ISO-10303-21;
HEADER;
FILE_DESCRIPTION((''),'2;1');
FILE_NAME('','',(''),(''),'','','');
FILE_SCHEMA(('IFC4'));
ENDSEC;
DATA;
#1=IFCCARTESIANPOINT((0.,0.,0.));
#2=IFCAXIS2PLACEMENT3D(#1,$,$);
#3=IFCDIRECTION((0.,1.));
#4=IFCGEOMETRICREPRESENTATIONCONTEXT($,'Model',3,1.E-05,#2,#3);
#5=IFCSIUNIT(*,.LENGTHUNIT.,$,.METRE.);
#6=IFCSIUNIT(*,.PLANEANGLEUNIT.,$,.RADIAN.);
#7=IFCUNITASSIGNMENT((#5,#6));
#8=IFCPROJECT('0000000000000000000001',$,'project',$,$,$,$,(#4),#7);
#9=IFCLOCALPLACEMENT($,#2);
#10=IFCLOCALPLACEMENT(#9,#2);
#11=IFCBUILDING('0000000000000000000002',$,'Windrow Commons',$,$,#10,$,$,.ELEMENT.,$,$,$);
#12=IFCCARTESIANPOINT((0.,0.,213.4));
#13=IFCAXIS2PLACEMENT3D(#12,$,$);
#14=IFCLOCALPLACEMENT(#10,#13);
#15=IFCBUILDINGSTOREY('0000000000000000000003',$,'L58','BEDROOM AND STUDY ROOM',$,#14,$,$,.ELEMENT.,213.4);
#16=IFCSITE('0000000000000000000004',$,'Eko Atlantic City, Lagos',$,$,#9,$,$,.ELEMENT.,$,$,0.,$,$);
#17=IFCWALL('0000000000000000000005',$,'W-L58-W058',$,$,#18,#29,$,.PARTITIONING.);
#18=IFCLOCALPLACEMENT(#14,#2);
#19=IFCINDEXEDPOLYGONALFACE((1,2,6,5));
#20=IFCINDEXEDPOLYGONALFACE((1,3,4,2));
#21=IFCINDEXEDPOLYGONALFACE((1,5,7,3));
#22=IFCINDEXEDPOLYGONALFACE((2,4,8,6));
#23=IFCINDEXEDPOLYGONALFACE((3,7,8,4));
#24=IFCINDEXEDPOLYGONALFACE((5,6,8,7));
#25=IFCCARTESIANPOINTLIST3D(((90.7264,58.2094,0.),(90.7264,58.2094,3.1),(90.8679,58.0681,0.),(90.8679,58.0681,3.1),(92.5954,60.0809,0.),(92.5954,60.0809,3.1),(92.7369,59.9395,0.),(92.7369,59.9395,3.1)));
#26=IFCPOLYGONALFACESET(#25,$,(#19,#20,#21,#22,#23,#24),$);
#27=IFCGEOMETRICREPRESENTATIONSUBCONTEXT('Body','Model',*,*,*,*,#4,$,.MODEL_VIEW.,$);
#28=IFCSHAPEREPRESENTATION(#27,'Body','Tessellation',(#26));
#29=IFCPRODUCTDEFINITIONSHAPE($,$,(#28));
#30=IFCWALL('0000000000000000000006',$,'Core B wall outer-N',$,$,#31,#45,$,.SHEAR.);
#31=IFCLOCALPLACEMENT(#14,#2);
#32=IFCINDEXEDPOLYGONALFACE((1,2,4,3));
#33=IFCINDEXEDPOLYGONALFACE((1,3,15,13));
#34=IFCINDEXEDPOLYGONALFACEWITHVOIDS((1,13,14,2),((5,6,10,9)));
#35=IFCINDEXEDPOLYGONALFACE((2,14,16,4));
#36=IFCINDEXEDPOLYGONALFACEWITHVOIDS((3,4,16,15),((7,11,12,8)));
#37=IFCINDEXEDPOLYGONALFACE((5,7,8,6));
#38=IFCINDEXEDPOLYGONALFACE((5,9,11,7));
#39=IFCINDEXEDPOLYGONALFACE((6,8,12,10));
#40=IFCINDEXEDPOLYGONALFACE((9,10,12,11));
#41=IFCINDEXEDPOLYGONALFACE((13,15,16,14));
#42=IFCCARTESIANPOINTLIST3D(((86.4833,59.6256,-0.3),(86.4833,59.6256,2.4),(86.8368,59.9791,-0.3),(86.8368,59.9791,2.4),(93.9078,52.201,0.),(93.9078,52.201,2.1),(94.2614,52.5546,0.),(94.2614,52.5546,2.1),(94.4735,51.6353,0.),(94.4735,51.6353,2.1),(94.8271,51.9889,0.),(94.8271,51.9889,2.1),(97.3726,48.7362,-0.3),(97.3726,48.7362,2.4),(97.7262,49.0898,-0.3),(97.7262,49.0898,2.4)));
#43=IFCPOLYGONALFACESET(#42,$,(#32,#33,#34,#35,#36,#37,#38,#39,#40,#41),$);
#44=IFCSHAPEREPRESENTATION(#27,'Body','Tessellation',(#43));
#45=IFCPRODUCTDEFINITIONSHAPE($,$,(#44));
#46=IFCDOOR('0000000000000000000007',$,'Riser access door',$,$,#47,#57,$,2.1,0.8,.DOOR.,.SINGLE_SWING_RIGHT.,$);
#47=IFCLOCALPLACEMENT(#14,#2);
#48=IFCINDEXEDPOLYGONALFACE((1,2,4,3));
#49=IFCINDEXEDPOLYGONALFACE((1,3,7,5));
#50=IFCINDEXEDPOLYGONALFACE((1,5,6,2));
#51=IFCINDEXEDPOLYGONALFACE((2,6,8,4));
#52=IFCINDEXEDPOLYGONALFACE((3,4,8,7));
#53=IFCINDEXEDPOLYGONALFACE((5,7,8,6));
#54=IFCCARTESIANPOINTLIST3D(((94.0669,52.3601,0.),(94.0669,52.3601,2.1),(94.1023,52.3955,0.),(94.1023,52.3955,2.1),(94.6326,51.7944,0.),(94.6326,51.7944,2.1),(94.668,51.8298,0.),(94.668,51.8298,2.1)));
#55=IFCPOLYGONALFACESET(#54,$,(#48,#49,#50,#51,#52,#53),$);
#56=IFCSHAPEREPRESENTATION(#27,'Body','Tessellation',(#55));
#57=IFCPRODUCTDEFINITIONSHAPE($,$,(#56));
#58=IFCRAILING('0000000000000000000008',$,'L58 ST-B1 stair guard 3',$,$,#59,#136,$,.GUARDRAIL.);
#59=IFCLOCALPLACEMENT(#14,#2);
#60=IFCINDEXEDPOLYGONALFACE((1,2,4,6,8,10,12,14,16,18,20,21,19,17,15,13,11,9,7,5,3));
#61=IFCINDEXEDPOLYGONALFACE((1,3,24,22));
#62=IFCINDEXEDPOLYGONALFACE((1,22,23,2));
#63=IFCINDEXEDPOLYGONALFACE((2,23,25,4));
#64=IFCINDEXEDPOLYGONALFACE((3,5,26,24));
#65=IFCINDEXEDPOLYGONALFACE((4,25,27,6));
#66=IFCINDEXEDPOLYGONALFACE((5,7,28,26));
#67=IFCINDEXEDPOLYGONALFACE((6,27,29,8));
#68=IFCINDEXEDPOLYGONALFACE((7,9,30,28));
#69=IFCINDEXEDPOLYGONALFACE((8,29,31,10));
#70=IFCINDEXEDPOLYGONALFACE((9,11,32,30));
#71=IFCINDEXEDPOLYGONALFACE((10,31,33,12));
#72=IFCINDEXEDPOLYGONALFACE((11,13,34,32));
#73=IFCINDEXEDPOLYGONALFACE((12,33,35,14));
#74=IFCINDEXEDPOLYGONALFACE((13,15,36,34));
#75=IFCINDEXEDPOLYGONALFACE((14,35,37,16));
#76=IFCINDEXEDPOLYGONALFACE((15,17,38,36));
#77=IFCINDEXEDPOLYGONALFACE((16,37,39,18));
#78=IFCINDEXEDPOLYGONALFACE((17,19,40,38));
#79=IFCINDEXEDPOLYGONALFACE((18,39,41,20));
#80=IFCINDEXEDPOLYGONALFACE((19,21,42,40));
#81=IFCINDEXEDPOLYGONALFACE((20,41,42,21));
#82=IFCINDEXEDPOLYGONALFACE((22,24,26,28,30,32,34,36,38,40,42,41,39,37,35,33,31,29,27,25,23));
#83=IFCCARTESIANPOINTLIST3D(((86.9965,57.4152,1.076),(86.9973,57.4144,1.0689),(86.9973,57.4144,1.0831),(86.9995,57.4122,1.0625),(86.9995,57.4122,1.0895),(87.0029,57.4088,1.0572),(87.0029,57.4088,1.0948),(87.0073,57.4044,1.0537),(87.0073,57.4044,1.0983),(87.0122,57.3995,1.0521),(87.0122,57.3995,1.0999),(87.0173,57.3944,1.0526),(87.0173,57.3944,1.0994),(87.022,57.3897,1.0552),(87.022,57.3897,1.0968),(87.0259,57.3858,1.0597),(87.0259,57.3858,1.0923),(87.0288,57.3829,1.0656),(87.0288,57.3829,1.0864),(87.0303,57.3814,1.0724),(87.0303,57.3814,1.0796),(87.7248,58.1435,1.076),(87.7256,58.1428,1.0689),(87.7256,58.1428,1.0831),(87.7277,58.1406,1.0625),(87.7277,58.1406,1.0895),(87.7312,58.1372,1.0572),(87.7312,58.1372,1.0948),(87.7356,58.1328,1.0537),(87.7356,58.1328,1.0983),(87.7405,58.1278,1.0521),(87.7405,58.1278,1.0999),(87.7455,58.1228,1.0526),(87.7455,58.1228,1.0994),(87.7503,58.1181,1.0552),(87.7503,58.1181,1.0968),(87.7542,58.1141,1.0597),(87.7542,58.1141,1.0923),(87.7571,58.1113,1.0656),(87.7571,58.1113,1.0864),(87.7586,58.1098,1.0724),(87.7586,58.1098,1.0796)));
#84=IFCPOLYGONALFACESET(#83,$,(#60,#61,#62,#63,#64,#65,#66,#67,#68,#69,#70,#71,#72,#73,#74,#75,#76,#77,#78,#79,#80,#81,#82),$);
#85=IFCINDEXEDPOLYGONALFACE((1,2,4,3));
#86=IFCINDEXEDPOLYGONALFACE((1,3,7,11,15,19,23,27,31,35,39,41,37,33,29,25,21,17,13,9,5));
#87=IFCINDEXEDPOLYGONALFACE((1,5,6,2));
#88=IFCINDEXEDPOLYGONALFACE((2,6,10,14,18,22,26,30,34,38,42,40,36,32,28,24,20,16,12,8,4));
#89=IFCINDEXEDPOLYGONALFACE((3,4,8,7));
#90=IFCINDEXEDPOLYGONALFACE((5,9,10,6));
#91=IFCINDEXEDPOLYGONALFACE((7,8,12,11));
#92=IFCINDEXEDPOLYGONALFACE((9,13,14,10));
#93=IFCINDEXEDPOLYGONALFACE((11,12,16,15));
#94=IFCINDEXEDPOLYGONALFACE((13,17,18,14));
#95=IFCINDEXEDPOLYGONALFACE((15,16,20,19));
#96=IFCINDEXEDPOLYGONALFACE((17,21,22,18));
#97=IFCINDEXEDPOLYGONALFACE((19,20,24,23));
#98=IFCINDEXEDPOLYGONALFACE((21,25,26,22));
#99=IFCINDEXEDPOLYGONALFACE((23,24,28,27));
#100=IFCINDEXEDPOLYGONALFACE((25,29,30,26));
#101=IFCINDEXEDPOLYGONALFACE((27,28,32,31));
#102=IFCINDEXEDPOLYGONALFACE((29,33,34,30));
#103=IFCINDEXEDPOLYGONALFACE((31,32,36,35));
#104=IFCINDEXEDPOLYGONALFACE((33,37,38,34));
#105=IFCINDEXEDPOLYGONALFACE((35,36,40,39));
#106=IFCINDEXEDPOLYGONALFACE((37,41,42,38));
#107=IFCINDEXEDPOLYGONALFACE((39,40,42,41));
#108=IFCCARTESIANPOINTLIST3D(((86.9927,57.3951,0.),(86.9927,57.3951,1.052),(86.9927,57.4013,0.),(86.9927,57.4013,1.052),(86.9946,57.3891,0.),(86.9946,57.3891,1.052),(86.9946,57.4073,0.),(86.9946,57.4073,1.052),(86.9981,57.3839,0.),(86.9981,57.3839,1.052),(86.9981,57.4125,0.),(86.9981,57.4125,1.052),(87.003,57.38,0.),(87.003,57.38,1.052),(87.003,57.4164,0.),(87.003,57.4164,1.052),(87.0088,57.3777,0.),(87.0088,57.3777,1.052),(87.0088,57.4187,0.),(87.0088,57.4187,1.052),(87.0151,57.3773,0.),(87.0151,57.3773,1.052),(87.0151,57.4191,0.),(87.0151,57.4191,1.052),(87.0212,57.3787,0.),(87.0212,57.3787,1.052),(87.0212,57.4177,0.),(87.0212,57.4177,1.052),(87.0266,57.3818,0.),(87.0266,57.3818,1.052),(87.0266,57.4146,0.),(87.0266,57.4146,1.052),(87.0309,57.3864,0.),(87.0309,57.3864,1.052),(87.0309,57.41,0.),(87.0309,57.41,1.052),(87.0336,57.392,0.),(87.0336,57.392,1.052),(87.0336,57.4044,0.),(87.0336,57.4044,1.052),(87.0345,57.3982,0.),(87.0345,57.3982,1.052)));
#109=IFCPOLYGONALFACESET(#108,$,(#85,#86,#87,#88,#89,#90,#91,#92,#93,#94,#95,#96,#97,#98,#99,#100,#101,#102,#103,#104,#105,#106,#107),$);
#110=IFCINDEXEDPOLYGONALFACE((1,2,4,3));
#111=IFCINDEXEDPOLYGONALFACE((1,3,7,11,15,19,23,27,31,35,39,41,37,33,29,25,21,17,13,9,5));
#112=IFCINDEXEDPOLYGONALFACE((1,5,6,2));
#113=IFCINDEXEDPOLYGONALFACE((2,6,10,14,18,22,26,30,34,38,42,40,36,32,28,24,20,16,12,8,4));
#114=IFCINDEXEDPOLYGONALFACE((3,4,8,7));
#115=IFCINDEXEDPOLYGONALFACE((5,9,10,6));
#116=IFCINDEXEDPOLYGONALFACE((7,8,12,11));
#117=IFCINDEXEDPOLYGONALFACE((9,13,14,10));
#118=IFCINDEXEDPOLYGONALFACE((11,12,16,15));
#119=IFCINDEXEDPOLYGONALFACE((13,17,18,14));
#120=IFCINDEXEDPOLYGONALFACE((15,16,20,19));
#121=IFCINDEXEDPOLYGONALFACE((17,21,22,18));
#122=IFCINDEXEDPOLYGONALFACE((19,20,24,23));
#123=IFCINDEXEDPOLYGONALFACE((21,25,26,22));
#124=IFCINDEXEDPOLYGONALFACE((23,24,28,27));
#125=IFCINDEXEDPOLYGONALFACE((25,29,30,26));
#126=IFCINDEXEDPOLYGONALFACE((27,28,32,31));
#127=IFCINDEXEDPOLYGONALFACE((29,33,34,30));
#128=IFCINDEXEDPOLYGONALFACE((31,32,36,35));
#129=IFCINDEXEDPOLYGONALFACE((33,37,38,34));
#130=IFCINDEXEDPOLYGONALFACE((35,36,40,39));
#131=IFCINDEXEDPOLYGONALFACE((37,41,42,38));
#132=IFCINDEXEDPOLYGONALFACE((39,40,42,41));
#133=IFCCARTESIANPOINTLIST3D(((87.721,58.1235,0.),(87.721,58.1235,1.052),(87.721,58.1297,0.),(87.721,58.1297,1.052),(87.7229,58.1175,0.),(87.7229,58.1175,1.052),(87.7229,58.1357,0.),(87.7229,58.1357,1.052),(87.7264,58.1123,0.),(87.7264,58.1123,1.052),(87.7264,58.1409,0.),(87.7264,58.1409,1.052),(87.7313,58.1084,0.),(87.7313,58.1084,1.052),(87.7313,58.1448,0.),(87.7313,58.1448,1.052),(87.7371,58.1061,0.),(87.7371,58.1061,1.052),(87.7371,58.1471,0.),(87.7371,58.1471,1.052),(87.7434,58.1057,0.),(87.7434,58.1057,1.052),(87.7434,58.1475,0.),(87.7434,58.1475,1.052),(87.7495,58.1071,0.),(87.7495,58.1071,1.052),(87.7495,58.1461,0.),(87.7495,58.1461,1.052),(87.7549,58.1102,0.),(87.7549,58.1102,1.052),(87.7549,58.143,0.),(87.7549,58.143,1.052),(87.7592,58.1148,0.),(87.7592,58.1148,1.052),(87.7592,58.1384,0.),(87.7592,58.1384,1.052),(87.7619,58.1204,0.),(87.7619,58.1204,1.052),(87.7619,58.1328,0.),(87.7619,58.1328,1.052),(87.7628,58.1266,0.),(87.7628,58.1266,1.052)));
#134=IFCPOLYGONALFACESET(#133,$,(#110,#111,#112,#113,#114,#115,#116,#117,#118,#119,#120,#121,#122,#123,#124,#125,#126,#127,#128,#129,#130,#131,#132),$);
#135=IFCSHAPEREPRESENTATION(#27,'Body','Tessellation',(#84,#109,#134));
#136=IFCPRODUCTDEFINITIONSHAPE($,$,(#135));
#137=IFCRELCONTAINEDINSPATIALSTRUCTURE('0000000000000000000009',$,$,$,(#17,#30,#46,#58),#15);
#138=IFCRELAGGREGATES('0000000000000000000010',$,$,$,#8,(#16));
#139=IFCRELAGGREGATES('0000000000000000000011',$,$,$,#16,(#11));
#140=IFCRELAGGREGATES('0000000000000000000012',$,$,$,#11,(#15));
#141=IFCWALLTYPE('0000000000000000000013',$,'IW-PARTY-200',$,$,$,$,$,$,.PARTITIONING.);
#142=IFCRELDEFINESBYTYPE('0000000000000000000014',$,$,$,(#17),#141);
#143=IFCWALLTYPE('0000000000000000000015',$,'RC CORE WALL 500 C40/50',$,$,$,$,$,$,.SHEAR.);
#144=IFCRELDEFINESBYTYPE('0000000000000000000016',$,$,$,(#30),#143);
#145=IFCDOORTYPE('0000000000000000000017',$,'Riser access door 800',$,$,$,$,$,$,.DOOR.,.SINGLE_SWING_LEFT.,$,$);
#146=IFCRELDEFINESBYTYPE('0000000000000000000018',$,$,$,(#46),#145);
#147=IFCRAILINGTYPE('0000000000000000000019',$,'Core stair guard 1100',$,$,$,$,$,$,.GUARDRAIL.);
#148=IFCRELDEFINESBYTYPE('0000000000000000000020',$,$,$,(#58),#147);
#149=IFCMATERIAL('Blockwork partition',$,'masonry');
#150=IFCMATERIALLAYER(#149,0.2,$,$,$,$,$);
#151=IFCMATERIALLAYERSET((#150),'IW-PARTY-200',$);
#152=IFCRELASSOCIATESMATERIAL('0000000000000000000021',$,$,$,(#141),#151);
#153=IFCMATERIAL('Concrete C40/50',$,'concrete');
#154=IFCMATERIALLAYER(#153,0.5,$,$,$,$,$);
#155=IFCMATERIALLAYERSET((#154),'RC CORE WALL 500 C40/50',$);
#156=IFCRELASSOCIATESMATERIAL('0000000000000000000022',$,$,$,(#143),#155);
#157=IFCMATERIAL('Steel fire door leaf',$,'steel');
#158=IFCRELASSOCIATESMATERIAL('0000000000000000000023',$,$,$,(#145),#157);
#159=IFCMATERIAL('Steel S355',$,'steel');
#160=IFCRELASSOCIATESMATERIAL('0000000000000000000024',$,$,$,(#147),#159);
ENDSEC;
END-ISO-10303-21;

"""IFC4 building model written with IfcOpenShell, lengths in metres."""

from ifc_helpers import new_model, si_unit, direction, frame, frame_2d, origin, origin_2d, place, context, subcontext, project, spatial, rectangle, circle, extrude, material, layer, layer_set, type_object, element, fill, save


model = new_model("IFC4")

# Units and contexts
model_context = context("Model", 3, precision=1e-05, world=origin(), true_north=direction((0.0, 1.0)))
body_context = subcontext(model_context, "Body", "Model", "MODEL_VIEW")
ifc_project = project(units=[si_unit("LENGTHUNIT", "METRE"), si_unit("PLANEANGLEUNIT", "RADIAN")], contexts=[model_context])

# Site, building, storey
site_placement = place(None, origin())
site = spatial("IfcSite", under=ifc_project, at=site_placement, Name="Eko Atlantic City, Lagos", CompositionType="ELEMENT", RefElevation=0.0)
building_placement = place(site_placement, origin())
building = spatial("IfcBuilding", under=site, at=building_placement, Name="Windrow Commons", CompositionType="ELEMENT")
storey_placement = place(building_placement, frame((0.0, 0.0, 213.4)))
storey = spatial("IfcBuildingStorey", under=building, at=storey_placement, Name="L58", Description="BEDROOM AND STUDY ROOM", CompositionType="ELEMENT", Elevation=213.4)

# Wall
ifc_material_1 = material(Name="Blockwork partition", Category="masonry")
ifc_layer_1 = layer(ifc_material_1, 0.2)
ifc_layer_set_1 = layer_set([ifc_layer_1], Name="IW-PARTY-200")
wall_type_1 = type_object("IfcWallType", Name="IW-PARTY-200", PredefinedType="PARTITIONING", material=ifc_layer_set_1)
wall_1_placement = place(storey_placement, frame((90.7972, 58.1388, 0.0), z_axis=(0.0, 0.0, 1.0), x_axis=(0.706653, 0.70756, 0.0)))
element("IfcWall", 1, at=wall_1_placement, inside=storey, type_object=wall_type_1, Name="W-L58-W058", PredefinedType="PARTITIONING", context=body_context, shape_type="SweptSolid", body=[
    extrude(rectangle(XDim=2.6449, YDim=0.2, at=frame_2d((1.3224, 0.0))), origin(), (0.0, 0.0, 1.0), 3.1),
])

# Wall, opening, door
ifc_material_2 = material(Name="Concrete C40/50", Category="concrete")
ifc_layer_2 = layer(ifc_material_2, 0.5)
ifc_layer_set_2 = layer_set([ifc_layer_2], Name="RC CORE WALL 500 C40/50")
wall_type_2 = type_object("IfcWallType", Name="RC CORE WALL 500 C40/50", PredefinedType="SHEAR", material=ifc_layer_set_2)
wall_2_placement = place(storey_placement, frame((86.66, 59.8024, -0.3), z_axis=(0.0, 0.0, 1.0), x_axis=(0.707107, -0.707107, 0.0)))
wall_2 = element("IfcWall", 2, at=wall_2_placement, inside=storey, type_object=wall_type_2, Name="Core B wall outer-N", PredefinedType="SHEAR", context=body_context, shape_type="SweptSolid", body=[
    extrude(rectangle(XDim=15.3999, YDim=0.5, at=frame_2d((7.7, 0.0))), origin(), (0.0, 0.0, 1.0), 2.7),
])
opening_1_placement = place(wall_2_placement, frame((10.5, 0.0, 0.3)))
opening_1 = element("IfcOpeningElement", 3, at=opening_1_placement, cuts=wall_2, PredefinedType="OPENING", context=body_context, shape_type="SweptSolid", body=[
    extrude(rectangle(XDim=0.8, YDim=2.1, at=frame_2d((0.4, 1.05))), frame((0.0, 0.26, 0.0), z_axis=(0.0, -1.0, 0.0), x_axis=(1.0, 0.0, 0.0)), (0.0, 0.0, 1.0), 0.52),
])
ifc_material_3 = material(Name="Steel fire door leaf", Category="steel")
door_type_1 = type_object("IfcDoorType", Name="Riser access door 800", OperationType="SINGLE_SWING_LEFT", PredefinedType="DOOR", material=ifc_material_3)
door_1_placement = place(opening_1_placement, origin())
door_1 = element("IfcDoor", 4, at=door_1_placement, inside=storey, type_object=door_type_1, Name="Riser access door", OperationType="SINGLE_SWING_RIGHT", OverallHeight=2.1, OverallWidth=0.8, PredefinedType="DOOR", context=body_context, shape_type="SweptSolid", body=[
    extrude(rectangle(XDim=0.8, YDim=2.1, at=frame_2d((0.4, 1.05))), frame((0.0, 0.025, 0.0), z_axis=(0.0, -1.0, 0.0), x_axis=(1.0, 0.0, 0.0)), (0.0, 0.0, 1.0), 0.05),
])
fill(opening_1, door_1)

# Railing
ifc_material_4 = material(Name="Steel S355", Category="steel")
railing_type = type_object("IfcRailingType", Name="Core stair guard 1100", PredefinedType="GUARDRAIL", material=ifc_material_4)
railing_placement = place(storey_placement, frame((87.0135, 57.3982, 0.0)))
element("IfcRailing", 5, at=railing_placement, inside=storey, type_object=railing_type, Name="L58 ST-B1 stair guard 3", PredefinedType="GUARDRAIL", context=body_context, shape_type="SweptSolid", body=[
    extrude(circle(Radius=0.024, at=origin_2d()), frame((0.0, 0.0, 1.076), z_axis=(0.707058, 0.707155, 0.0), x_axis=(-0.707155, 0.707058, 0.0)), (0.0, 0.0, 1.0), 1.03),
    extrude(circle(Radius=0.021, at=origin_2d()), origin(), (0.0, 0.0, 1.0), 1.052),
    extrude(circle(Radius=0.021, at=origin_2d()), frame((0.7283, 0.7284, 0.0)), (0.0, 0.0, 1.0), 1.052),
])

save(model, "model.ifc")
